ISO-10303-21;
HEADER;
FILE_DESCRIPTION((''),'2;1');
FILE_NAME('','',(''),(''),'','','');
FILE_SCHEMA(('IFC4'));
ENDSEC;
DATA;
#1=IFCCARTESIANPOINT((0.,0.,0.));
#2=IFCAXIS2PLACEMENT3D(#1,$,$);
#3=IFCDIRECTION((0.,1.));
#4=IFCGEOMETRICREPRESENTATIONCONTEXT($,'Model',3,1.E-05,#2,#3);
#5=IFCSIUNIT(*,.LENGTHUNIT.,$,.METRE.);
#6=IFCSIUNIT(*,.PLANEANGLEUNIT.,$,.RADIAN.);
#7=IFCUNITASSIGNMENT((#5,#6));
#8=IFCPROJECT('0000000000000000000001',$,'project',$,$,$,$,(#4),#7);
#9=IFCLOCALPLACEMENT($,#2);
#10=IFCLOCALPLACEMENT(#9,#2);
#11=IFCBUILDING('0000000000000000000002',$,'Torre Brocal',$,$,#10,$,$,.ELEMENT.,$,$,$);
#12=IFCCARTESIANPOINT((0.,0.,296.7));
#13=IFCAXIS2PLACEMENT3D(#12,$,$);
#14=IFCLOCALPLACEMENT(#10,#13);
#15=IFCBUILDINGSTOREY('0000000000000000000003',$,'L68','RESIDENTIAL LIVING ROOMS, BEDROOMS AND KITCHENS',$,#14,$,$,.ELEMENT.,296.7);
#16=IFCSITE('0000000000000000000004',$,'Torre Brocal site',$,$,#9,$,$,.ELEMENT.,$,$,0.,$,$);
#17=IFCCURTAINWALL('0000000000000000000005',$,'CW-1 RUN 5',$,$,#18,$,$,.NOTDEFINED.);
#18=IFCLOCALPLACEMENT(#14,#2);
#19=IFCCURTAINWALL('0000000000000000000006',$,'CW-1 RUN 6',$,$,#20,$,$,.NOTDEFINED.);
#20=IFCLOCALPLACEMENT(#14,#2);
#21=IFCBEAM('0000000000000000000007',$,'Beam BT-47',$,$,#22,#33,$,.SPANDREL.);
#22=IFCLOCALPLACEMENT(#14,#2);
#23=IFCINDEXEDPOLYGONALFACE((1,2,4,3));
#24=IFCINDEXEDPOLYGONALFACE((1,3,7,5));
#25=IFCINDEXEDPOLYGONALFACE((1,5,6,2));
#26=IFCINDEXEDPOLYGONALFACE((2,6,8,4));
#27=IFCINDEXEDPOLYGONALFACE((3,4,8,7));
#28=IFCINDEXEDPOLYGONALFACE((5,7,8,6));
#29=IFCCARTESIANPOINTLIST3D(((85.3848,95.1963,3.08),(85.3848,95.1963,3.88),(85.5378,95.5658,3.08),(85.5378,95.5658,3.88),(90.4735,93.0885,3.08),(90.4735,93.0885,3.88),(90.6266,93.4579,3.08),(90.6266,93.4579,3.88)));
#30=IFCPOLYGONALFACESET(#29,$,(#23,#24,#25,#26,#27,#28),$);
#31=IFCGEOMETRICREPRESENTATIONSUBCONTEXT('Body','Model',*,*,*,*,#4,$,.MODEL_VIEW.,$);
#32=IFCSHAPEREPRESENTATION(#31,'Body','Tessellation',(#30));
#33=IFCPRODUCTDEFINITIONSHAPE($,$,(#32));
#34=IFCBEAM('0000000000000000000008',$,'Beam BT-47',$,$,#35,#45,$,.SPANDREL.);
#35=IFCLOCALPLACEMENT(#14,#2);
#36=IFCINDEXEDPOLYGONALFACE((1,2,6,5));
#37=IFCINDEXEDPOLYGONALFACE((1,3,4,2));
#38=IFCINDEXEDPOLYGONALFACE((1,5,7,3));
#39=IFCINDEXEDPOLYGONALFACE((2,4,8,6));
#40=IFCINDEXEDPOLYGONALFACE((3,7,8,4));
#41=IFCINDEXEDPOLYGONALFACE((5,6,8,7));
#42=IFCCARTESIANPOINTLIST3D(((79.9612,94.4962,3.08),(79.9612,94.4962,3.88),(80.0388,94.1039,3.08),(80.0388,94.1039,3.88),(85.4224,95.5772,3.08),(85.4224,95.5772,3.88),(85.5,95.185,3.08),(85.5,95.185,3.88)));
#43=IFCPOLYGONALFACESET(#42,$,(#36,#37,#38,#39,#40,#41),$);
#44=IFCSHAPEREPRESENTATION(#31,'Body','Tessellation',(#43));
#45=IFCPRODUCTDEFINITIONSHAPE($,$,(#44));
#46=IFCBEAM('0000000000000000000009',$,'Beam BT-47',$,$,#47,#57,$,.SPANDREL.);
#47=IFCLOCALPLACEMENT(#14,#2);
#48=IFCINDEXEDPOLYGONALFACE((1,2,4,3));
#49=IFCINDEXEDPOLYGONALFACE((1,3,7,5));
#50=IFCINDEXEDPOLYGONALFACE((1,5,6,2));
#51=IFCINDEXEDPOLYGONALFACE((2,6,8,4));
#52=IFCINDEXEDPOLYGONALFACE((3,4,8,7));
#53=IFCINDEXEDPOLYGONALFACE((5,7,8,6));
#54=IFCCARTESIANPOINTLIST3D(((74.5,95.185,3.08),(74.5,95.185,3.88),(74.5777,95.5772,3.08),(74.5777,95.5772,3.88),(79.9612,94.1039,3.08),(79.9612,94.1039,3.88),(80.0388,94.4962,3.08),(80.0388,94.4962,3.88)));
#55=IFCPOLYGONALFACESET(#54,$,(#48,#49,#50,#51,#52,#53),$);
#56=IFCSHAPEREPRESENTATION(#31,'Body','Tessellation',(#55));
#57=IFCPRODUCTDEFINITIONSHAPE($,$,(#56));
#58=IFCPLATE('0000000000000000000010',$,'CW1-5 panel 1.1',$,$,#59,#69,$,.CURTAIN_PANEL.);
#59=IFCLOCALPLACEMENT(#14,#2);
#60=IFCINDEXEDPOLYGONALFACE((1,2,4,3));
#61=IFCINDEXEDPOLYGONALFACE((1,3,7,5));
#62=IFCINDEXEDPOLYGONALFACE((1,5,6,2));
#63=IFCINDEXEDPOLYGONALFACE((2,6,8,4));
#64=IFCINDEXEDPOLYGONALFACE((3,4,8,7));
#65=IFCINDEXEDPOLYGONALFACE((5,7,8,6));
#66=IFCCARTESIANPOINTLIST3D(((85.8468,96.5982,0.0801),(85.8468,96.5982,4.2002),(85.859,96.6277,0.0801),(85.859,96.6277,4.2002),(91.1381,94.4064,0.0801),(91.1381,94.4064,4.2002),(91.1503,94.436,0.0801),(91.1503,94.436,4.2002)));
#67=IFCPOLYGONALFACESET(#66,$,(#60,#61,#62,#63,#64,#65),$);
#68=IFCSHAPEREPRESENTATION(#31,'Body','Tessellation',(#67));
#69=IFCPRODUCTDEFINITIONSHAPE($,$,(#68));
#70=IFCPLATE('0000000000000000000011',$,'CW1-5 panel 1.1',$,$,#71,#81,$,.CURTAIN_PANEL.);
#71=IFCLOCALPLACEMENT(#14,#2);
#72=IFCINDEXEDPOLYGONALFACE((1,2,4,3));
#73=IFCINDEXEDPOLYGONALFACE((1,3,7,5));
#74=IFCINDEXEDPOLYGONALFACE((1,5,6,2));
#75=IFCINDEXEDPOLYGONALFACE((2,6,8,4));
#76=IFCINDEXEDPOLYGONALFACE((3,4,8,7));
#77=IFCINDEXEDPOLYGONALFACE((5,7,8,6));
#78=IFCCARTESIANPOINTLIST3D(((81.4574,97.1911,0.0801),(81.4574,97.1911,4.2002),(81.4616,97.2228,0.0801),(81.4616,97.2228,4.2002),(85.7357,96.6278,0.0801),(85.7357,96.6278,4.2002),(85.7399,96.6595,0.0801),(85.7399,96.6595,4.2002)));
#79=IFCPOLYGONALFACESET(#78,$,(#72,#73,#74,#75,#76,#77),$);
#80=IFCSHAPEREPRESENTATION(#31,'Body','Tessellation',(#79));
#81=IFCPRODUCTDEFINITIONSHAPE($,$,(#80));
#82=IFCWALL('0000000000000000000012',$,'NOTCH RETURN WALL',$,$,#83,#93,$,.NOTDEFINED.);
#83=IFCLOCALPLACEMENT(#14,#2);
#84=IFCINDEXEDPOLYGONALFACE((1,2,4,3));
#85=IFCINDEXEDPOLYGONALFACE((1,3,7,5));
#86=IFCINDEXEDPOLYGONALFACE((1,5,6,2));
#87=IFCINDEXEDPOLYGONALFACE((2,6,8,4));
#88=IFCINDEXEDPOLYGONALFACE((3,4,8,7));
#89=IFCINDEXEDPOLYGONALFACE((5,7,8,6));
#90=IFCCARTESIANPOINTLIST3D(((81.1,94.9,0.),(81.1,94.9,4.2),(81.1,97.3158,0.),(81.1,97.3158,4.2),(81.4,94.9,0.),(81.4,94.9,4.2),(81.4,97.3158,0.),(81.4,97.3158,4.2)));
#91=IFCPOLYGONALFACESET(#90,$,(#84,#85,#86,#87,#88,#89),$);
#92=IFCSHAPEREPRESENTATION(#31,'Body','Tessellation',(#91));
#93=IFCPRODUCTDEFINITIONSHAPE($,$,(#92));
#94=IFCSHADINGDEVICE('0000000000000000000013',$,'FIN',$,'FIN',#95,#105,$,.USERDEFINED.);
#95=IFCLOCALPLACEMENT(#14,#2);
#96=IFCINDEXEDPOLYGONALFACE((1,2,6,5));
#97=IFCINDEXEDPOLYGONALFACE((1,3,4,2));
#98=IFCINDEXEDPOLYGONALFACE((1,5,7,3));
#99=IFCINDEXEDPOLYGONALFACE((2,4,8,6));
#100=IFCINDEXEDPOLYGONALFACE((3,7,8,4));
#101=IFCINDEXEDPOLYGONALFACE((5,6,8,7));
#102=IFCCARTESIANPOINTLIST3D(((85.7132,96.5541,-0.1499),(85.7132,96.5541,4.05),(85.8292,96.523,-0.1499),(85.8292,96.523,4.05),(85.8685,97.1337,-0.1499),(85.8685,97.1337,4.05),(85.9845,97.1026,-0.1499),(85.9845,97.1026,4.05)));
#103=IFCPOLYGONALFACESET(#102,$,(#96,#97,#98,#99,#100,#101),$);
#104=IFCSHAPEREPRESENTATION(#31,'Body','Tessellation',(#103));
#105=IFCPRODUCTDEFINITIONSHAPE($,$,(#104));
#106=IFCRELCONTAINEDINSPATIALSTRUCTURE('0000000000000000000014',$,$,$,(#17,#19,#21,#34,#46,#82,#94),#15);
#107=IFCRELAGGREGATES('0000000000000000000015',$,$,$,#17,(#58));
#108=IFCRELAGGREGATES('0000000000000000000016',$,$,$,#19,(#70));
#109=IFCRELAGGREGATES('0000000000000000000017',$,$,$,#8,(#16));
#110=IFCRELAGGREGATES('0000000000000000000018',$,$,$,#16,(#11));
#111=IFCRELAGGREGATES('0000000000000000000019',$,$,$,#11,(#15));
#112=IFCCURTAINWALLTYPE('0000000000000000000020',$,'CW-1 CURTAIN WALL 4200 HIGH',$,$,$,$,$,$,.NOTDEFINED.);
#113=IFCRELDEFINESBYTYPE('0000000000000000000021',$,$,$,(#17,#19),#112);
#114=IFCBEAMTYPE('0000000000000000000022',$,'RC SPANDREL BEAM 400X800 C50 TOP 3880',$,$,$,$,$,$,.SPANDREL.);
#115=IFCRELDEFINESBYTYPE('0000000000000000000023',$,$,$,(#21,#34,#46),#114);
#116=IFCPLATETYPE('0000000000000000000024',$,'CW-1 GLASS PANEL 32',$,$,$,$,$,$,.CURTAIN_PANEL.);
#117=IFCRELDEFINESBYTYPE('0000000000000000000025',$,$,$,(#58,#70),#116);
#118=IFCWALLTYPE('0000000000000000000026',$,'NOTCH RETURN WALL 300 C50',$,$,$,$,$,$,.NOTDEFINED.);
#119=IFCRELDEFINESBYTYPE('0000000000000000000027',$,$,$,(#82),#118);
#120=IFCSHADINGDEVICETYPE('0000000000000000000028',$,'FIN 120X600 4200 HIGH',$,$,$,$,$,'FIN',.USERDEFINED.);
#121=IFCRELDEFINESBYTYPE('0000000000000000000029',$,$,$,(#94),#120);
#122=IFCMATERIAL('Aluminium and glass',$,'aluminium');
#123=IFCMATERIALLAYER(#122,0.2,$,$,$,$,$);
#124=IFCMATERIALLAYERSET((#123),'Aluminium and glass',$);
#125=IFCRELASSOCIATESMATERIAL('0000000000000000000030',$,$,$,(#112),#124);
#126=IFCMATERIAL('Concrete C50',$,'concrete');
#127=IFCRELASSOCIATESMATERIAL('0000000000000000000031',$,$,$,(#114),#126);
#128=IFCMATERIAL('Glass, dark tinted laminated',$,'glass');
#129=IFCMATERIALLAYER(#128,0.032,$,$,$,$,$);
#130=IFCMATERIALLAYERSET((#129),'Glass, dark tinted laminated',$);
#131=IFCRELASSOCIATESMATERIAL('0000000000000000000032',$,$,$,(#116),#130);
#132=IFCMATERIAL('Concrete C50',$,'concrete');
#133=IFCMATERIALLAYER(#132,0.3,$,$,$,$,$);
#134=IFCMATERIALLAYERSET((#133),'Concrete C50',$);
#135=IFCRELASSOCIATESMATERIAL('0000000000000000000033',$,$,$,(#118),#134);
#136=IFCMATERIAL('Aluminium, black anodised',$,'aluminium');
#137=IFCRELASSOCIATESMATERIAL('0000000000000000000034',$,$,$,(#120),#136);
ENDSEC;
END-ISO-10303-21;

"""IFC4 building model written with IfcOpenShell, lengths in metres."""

from ifc_helpers import new_model, si_unit, direction, frame, frame_2d, origin, origin_2d, place, context, subcontext, project, spatial, rectangle, extrude, material, layer, layer_set, material_profile, profile_set, type_object, element, aggregate, save


model = new_model("IFC4")

# Units and contexts
model_context = context("Model", 3, precision=1e-05, world=origin(), true_north=direction((0.0, 1.0)))
body_context = subcontext(model_context, "Body", "Model", "MODEL_VIEW")
ifc_project = project(units=[si_unit("LENGTHUNIT", "METRE"), si_unit("PLANEANGLEUNIT", "RADIAN")], contexts=[model_context])

# Site, building, storey
site_placement = place(None, origin())
site = spatial("IfcSite", under=ifc_project, at=site_placement, Name="Torre Brocal site", CompositionType="ELEMENT", RefElevation=0.0)
building_placement = place(site_placement, origin())
building = spatial("IfcBuilding", under=site, at=building_placement, Name="Torre Brocal", CompositionType="ELEMENT")
storey_placement = place(building_placement, frame((0.0, 0.0, 296.7)))
storey = spatial("IfcBuildingStorey", under=building, at=storey_placement, Name="L68", Description="RESIDENTIAL LIVING ROOMS, BEDROOMS AND KITCHENS", CompositionType="ELEMENT", Elevation=296.7)

# Curtain walls
ifc_material_1 = material(Name="Aluminium and glass", Category="aluminium")
ifc_layer_1 = layer(ifc_material_1, 0.2)
ifc_layer_set_1 = layer_set([ifc_layer_1], Name="Aluminium and glass")
curtain_wall_type = type_object("IfcCurtainWallType", Name="CW-1 CURTAIN WALL 4200 HIGH", PredefinedType="NOTDEFINED", material=ifc_layer_set_1)
curtain_wall_1_placement = place(storey_placement, origin())
curtain_wall_1 = element("IfcCurtainWall", 1, at=curtain_wall_1_placement, inside=storey, type_object=curtain_wall_type, Name="CW-1 RUN 5", PredefinedType="NOTDEFINED")
curtain_wall_2_placement = place(storey_placement, origin())
curtain_wall_2 = element("IfcCurtainWall", 2, at=curtain_wall_2_placement, inside=storey, type_object=curtain_wall_type, Name="CW-1 RUN 6", PredefinedType="NOTDEFINED")

# Beams
ifc_material_2 = material(Name="Concrete C50", Category="concrete")
ifc_material_profile_1 = material_profile(ifc_material_2, rectangle(XDim=0.3999, YDim=0.8, at=origin_2d()), Name="RC 400X800")
ifc_profile_set_1 = profile_set([ifc_material_profile_1], Name="Concrete C50")
beam_type_1 = type_object("IfcBeamType", Name="RC SPANDREL BEAM 400X800 C50 TOP 3880", PredefinedType="SPANDREL", material=ifc_profile_set_1)
beam_1_placement = place(storey_placement, frame((90.55, 93.2732, 3.48), z_axis=(-0.923877, 0.382688, 0.0), x_axis=(-0.382688, -0.923877, 0.0)))
element("IfcBeam", 3, at=beam_1_placement, inside=storey, type_object=beam_type_1, Name="Beam BT-47", PredefinedType="SPANDREL", context=body_context, shape_type="SweptSolid", body=[
    extrude(rectangle(XDim=0.3999, YDim=0.8, at=origin_2d()), origin(), (0.0, 0.0, 1.0), 5.5081),
])
for number, where, z_axis, x_axis, name in (
    (4, (85.4612, 95.3811, 3.48), (-0.980965, -0.194185, 0.0), (0.194185, -0.980965, 0.0), "Beam BT-47"),
    (5, (80.0, 94.3, 3.48), (-0.980965, 0.194185, 0.0), (-0.194185, -0.980965, 0.0), "Beam BT-47"),
):
    element("IfcBeam", number, at=place(storey_placement, frame(where, z_axis=z_axis, x_axis=x_axis)), inside=storey, type_object=beam_type_1, Name=name, PredefinedType="SPANDREL", context=body_context, shape_type="SweptSolid", body=[
        extrude(rectangle(XDim=0.3999, YDim=0.8, at=origin_2d()), origin(), (0.0, 0.0, 1.0), 5.5671),
    ])

# Plates
ifc_material_3 = material(Name="Glass, dark tinted laminated", Category="glass")
ifc_layer_2 = layer(ifc_material_3, 0.032)
ifc_layer_set_2 = layer_set([ifc_layer_2], Name="Glass, dark tinted laminated")
plate_type = type_object("IfcPlateType", Name="CW-1 GLASS PANEL 32", PredefinedType="CURTAIN_PANEL", material=ifc_layer_set_2)
plate_1_placement = place(storey_placement, frame((88.4985, 95.5171, 0.0801), z_axis=(0.0, 0.0, 1.0), x_axis=(-0.92388, 0.382683, 0.0)))
plate_1 = element("IfcPlate", 6, at=plate_1_placement, type_object=plate_type, Name="CW1-5 panel 1.1", PredefinedType="CURTAIN_PANEL", context=body_context, shape_type="SweptSolid", body=[
    extrude(rectangle(XDim=5.7273, YDim=0.032, at=origin_2d()), origin(), (0.0, 0.0, 1.0), 4.1201),
])
aggregate(curtain_wall_1, [plate_1])
plate_2_placement = place(storey_placement, frame((83.5986, 96.9253, 0.0801), z_axis=(0.0, 0.0, 1.0), x_axis=(-0.991445, 0.130526, 0.0)))
plate_2 = element("IfcPlate", 7, at=plate_2_placement, type_object=plate_type, Name="CW1-5 panel 1.1", PredefinedType="CURTAIN_PANEL", context=body_context, shape_type="SweptSolid", body=[
    extrude(rectangle(XDim=4.3152, YDim=0.032, at=origin_2d()), origin(), (0.0, 0.0, 1.0), 4.1201),
])
aggregate(curtain_wall_2, [plate_2])

# Wall
ifc_material_4 = material(Name="Concrete C50", Category="concrete")
ifc_layer_3 = layer(ifc_material_4, 0.3)
ifc_layer_set_3 = layer_set([ifc_layer_3], Name="Concrete C50")
wall_type = type_object("IfcWallType", Name="NOTCH RETURN WALL 300 C50", PredefinedType="NOTDEFINED", material=ifc_layer_set_3)
wall_placement = place(storey_placement, frame((81.25, 94.8999, 0.0), z_axis=(0.0, 0.0, 1.0), x_axis=(0.0, 1.0, 0.0)))
element("IfcWall", 8, at=wall_placement, inside=storey, type_object=wall_type, Name="NOTCH RETURN WALL", PredefinedType="NOTDEFINED", context=body_context, shape_type="SweptSolid", body=[
    extrude(rectangle(XDim=2.4158, YDim=0.3, at=frame_2d((1.208, 0.0))), origin(), (0.0, 0.0, 1.0), 4.2),
])

# Shading device
ifc_material_5 = material(Name="Aluminium, black anodised", Category="aluminium")
ifc_material_profile_2 = material_profile(ifc_material_5, rectangle(XDim=0.1201, YDim=0.6001, at=origin_2d()), Name="FIN 120X600 4200 HIGH")
ifc_profile_set_2 = profile_set([ifc_material_profile_2], Name="Aluminium, black anodised")
shading_device_type = type_object("IfcShadingDeviceType", Name="FIN 120X600 4200 HIGH", ElementType="FIN", PredefinedType="USERDEFINED", material=ifc_profile_set_2)
shading_device_placement = place(storey_placement, frame((85.8489, 96.8284, -0.1499), z_axis=(0.0, 0.0, 1.0), x_axis=(-0.965926, 0.258819, 0.0)))
element("IfcShadingDevice", 9, at=shading_device_placement, inside=storey, type_object=shading_device_type, Name="FIN", ObjectType="FIN", PredefinedType="USERDEFINED", context=body_context, shape_type="SweptSolid", body=[
    extrude(rectangle(XDim=0.1201, YDim=0.6001, at=origin_2d()), origin(), (0.0, 0.0, 1.0), 4.2),
])

save(model, "model.ifc")
